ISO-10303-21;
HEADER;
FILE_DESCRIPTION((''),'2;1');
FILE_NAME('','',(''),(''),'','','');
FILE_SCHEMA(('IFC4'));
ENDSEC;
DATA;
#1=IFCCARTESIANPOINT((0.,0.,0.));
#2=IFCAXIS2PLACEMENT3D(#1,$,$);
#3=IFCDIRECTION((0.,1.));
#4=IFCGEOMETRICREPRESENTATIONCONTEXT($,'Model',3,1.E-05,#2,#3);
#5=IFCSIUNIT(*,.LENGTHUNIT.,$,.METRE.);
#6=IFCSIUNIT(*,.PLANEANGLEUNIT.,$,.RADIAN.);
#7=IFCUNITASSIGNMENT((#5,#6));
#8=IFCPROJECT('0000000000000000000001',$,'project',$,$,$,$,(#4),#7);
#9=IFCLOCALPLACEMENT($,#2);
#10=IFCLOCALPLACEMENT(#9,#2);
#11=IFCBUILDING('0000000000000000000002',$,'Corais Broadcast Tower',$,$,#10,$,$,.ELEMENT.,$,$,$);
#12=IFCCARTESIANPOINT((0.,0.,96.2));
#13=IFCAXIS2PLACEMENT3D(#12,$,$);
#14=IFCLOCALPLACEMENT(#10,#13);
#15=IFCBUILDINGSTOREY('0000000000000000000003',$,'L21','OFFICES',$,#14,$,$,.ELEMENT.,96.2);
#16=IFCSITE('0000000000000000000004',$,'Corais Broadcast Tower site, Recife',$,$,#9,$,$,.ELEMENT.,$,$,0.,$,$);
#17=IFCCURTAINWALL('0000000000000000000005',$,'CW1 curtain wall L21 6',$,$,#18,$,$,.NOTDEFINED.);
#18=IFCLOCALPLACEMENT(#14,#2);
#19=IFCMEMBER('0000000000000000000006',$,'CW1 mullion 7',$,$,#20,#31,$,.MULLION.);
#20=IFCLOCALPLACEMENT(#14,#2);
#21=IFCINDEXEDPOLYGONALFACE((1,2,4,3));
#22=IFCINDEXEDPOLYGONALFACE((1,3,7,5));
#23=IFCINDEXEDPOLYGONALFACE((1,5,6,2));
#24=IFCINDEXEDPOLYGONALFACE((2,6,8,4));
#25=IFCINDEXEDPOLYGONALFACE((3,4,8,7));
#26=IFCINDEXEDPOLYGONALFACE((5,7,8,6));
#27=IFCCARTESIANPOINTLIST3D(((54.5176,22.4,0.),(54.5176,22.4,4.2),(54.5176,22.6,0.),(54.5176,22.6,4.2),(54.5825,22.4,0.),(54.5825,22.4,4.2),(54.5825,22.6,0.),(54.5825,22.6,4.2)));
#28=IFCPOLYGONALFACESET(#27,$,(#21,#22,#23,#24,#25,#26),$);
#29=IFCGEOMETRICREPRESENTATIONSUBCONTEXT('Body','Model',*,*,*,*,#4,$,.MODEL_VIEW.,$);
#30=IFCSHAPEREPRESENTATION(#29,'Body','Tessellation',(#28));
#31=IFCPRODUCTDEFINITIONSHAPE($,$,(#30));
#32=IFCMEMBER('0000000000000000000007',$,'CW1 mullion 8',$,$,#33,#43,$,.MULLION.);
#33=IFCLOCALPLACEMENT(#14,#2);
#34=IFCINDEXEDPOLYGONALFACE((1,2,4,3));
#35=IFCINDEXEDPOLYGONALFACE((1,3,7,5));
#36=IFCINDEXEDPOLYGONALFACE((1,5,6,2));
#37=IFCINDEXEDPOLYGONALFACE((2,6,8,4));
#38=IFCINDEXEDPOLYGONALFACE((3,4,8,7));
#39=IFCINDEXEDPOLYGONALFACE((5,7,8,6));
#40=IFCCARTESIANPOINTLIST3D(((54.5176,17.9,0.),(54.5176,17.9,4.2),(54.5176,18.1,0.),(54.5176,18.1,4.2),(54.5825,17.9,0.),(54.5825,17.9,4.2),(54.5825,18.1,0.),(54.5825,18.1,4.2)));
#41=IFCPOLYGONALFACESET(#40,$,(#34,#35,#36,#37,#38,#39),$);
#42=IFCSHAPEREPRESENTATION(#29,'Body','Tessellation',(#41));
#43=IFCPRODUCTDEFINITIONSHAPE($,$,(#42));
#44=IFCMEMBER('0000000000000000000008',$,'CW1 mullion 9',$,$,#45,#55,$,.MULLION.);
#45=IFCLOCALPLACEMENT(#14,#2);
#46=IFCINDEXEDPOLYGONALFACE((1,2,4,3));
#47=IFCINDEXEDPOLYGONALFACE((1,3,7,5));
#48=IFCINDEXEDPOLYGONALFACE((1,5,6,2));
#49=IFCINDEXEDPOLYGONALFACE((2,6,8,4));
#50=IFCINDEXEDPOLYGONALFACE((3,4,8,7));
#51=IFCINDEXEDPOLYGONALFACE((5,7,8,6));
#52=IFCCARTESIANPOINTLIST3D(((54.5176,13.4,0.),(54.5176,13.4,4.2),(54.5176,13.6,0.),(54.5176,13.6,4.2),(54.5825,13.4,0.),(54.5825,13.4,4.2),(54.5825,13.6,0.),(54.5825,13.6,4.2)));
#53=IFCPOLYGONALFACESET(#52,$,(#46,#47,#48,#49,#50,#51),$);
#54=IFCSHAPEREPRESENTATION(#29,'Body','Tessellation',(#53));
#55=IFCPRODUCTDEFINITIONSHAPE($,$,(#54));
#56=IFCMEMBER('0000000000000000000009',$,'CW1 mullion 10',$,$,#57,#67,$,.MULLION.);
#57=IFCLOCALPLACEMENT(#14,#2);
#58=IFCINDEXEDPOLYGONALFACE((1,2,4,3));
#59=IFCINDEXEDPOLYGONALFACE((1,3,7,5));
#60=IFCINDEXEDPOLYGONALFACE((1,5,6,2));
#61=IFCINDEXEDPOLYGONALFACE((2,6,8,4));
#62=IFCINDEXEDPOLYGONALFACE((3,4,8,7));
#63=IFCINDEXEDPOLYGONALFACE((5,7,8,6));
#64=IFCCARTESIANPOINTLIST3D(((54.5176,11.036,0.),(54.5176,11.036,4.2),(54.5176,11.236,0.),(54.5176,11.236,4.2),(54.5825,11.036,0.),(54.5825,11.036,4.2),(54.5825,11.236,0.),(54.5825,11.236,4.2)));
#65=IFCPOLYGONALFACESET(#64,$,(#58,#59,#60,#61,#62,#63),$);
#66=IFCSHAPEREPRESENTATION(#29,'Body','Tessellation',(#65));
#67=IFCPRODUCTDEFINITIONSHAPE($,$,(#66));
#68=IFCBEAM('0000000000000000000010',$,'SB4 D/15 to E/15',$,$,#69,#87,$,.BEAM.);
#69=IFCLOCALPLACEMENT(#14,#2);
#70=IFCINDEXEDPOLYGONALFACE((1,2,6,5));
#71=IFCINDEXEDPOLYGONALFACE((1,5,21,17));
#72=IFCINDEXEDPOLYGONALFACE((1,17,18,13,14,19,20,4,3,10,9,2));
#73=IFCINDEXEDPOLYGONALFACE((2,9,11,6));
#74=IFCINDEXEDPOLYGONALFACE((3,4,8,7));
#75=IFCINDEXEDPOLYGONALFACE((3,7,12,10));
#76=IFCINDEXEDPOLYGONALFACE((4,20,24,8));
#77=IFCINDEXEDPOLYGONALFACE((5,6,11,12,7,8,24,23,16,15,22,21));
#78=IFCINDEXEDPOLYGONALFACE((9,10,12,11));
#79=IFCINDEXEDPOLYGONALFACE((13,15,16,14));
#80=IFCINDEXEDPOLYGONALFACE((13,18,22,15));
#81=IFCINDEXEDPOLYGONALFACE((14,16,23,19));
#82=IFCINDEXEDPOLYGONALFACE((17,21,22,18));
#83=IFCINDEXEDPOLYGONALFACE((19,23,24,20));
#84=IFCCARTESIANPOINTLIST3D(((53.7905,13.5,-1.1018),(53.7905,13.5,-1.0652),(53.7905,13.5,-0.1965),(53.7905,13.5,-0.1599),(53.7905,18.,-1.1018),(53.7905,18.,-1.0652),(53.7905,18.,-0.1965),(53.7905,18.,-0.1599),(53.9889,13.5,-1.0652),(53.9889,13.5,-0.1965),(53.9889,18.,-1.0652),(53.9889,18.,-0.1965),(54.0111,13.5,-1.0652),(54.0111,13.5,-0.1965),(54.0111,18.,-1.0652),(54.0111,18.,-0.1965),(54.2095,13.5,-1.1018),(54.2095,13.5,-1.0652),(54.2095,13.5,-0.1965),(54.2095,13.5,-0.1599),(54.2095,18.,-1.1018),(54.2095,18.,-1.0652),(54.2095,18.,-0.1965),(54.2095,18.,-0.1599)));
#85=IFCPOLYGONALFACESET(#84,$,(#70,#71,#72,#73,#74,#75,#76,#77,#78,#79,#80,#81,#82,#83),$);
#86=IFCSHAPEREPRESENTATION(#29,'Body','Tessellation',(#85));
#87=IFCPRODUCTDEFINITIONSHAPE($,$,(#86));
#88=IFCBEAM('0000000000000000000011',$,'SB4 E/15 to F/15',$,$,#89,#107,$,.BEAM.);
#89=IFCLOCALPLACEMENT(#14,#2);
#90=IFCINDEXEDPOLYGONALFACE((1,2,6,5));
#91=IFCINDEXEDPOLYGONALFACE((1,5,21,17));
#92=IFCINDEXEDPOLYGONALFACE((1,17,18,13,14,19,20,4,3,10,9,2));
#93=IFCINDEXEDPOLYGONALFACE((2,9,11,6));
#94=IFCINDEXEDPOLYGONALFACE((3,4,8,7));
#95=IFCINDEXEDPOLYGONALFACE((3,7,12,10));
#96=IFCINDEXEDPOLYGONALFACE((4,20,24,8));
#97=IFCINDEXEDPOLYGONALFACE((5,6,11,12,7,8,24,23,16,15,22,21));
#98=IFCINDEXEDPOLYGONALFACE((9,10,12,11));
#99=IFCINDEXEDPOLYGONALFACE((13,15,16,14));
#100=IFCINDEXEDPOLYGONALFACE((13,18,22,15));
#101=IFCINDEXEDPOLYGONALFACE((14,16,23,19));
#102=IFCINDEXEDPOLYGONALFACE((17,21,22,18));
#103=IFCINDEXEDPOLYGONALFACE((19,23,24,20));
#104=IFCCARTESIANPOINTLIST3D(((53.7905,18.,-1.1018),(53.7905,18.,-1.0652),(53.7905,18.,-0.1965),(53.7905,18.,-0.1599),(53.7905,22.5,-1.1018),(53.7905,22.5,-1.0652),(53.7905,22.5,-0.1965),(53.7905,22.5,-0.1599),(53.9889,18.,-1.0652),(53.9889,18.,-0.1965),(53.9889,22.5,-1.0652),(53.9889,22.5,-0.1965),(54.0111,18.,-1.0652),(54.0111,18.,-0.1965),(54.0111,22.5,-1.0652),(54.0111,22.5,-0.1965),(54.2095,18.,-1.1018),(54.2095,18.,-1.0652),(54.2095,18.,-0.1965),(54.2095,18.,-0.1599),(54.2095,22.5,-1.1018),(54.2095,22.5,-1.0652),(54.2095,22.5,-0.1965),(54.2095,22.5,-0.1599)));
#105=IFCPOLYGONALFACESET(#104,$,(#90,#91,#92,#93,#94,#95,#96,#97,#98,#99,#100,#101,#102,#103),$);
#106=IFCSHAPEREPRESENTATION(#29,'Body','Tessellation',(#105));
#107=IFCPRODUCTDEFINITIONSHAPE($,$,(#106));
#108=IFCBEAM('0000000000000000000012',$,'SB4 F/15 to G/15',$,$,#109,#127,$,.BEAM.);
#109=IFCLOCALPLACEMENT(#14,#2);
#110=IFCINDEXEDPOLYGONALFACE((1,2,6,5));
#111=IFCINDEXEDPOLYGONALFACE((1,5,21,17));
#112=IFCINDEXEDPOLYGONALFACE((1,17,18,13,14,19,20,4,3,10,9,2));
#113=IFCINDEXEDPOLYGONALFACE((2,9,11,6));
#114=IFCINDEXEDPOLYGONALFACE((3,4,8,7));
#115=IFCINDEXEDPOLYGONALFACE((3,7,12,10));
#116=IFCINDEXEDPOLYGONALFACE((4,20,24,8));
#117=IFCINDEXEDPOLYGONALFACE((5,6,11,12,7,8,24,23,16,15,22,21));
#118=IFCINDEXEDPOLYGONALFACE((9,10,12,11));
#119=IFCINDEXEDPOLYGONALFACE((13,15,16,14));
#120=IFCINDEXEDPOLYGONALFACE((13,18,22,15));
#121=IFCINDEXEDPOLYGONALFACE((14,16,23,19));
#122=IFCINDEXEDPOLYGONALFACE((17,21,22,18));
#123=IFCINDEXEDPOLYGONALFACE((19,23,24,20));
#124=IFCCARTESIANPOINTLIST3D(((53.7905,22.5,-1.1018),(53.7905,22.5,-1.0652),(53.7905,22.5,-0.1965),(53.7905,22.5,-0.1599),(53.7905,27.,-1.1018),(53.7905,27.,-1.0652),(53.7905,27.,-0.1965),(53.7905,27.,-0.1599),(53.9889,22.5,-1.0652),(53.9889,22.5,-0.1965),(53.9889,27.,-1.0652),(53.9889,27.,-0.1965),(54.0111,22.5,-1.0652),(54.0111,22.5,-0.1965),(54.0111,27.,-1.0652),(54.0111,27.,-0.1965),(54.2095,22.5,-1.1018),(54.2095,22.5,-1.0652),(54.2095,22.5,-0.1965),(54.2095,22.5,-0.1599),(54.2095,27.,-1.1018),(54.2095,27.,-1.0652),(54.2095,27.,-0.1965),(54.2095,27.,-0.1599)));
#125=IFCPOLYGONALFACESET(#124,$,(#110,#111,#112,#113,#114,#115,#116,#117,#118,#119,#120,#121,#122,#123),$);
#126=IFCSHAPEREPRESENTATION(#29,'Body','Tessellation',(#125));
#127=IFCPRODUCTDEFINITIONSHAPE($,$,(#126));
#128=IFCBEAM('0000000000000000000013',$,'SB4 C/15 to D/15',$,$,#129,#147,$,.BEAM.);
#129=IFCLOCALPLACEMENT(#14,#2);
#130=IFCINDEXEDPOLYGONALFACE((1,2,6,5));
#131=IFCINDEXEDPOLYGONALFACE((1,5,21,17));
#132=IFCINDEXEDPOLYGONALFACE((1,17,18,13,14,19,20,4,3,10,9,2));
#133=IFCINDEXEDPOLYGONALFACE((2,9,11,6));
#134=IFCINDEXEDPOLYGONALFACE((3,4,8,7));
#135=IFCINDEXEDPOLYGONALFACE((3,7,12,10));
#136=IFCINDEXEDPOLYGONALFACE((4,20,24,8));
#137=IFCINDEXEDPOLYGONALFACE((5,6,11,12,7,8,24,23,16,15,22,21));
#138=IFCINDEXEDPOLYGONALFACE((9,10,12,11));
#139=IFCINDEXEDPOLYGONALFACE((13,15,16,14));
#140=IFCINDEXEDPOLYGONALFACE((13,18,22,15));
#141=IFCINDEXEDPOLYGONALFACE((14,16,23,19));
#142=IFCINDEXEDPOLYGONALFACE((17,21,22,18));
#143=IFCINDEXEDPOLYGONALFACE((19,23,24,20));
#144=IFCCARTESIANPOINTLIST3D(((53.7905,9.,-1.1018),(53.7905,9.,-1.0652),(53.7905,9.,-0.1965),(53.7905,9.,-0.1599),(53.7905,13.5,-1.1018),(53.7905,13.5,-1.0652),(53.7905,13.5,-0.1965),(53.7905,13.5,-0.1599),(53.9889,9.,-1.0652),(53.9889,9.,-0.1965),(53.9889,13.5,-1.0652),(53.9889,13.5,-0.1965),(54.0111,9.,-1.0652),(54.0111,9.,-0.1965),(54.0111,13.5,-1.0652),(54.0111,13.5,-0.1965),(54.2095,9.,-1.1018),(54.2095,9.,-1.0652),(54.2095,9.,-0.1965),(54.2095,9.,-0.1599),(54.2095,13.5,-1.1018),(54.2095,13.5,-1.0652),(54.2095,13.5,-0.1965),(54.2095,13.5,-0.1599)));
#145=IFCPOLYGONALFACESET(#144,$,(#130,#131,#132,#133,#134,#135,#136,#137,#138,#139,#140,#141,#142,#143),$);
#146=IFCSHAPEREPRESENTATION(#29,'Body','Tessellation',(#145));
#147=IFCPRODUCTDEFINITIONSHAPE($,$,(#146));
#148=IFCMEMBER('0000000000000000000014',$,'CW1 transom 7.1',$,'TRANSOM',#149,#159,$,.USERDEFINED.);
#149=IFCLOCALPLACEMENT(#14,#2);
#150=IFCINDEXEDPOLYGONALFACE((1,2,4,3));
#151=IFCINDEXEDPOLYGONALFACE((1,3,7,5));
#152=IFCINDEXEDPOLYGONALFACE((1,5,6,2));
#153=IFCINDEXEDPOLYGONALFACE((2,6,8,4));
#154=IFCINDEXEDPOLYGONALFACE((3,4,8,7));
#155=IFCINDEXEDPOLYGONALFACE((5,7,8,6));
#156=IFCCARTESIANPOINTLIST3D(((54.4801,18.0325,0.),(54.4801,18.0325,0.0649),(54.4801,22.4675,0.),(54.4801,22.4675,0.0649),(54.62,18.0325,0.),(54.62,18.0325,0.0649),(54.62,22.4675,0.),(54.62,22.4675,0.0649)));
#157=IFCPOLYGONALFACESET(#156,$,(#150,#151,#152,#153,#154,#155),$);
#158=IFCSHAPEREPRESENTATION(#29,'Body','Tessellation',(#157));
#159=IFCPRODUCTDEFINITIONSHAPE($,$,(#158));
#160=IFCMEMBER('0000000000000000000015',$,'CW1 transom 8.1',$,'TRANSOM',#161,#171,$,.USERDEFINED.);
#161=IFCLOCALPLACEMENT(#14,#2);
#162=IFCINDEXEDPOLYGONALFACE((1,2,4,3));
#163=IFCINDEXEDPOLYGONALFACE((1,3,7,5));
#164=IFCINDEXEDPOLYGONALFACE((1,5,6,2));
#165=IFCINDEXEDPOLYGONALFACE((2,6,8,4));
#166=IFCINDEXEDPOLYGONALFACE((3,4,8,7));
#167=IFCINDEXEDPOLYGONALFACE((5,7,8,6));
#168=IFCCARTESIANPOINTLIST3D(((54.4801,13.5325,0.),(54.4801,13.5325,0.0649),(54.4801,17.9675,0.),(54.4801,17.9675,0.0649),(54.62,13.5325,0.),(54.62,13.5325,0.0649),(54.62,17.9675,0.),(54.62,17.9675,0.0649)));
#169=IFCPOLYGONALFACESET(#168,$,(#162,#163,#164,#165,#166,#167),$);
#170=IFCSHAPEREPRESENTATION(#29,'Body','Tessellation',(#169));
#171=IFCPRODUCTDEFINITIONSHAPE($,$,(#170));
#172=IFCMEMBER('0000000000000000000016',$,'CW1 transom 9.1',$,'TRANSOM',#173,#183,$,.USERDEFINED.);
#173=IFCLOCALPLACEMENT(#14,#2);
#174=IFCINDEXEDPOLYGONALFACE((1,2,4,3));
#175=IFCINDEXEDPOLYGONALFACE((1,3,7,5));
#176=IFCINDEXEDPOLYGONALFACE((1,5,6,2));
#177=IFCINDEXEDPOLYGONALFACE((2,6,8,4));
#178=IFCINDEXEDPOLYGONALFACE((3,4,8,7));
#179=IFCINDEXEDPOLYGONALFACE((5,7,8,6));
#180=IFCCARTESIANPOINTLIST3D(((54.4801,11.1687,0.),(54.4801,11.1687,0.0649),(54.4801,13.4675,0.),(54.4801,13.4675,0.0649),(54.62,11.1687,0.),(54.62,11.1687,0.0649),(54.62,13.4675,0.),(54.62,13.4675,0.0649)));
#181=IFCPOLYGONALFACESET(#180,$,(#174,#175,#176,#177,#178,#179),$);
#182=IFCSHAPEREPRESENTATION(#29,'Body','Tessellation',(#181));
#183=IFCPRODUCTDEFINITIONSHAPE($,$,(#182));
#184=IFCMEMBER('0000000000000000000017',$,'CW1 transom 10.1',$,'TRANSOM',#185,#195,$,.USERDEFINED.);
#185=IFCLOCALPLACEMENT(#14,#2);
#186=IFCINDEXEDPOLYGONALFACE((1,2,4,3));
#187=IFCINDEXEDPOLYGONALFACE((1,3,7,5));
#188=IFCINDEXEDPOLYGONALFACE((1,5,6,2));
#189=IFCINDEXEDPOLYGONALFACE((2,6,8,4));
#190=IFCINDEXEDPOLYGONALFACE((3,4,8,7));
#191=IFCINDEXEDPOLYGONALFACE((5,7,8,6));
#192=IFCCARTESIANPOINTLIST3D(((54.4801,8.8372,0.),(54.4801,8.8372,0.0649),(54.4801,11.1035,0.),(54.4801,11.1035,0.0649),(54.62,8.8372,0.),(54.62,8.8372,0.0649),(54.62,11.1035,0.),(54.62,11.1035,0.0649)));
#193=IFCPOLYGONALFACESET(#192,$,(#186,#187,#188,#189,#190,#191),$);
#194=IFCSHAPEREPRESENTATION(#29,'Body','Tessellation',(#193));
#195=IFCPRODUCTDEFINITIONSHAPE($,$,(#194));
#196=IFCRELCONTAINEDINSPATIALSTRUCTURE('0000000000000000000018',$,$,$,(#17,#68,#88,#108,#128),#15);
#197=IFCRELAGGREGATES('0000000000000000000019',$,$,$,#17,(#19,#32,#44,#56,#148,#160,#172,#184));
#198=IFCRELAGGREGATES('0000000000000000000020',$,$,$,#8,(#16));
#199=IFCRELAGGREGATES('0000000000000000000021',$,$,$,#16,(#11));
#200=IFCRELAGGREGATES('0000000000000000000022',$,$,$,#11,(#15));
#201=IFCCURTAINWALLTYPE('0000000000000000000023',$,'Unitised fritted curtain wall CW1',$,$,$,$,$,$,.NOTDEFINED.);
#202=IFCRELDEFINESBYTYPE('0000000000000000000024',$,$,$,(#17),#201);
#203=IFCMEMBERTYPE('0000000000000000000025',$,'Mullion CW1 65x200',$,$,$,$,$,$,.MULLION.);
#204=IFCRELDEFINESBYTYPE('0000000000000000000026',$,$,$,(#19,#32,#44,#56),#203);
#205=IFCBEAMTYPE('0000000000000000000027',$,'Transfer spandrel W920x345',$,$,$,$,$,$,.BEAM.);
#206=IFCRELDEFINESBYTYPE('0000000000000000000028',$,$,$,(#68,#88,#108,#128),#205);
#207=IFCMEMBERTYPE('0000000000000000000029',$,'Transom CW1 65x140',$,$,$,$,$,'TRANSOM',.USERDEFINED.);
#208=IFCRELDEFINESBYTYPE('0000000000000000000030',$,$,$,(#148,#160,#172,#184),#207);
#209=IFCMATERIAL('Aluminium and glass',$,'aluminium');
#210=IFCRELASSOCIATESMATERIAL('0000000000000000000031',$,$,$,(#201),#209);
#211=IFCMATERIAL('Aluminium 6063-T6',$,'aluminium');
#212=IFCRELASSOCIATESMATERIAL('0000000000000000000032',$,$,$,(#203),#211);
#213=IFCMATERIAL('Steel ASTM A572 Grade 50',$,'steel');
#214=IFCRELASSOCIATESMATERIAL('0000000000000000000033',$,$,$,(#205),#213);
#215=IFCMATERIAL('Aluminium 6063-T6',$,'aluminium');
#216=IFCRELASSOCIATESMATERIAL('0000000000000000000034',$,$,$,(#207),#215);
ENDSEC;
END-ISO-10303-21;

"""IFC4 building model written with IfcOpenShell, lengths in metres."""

from ifc_helpers import new_model, si_unit, direction, frame, origin, origin_2d, place, context, subcontext, project, spatial, rectangle, i_section, extrude, material, material_profile, profile_set, type_object, element, aggregate, save


model = new_model("IFC4")

# Units and contexts
model_context = context("Model", 3, precision=1e-05, world=origin(), true_north=direction((0.0, 1.0)))
body_context = subcontext(model_context, "Body", "Model", "MODEL_VIEW")
ifc_project = project(units=[si_unit("LENGTHUNIT", "METRE"), si_unit("PLANEANGLEUNIT", "RADIAN")], contexts=[model_context])

# Site, building, storey
site_placement = place(None, origin())
site = spatial("IfcSite", under=ifc_project, at=site_placement, Name="Corais Broadcast Tower site, Recife", CompositionType="ELEMENT", RefElevation=0.0)
building_placement = place(site_placement, origin())
building = spatial("IfcBuilding", under=site, at=building_placement, Name="Corais Broadcast Tower", CompositionType="ELEMENT")
storey_placement = place(building_placement, frame((0.0, 0.0, 96.2)))
storey = spatial("IfcBuildingStorey", under=building, at=storey_placement, Name="L21", Description="OFFICES", CompositionType="ELEMENT", Elevation=96.2)

# Curtain wall, members
ifc_material_1 = material(Name="Aluminium and glass", Category="aluminium")
curtain_wall_type = type_object("IfcCurtainWallType", Name="Unitised fritted curtain wall CW1", PredefinedType="NOTDEFINED", material=ifc_material_1)
curtain_wall_placement = place(storey_placement, origin())
curtain_wall = element("IfcCurtainWall", 1, at=curtain_wall_placement, inside=storey, type_object=curtain_wall_type, Name="CW1 curtain wall L21 6", PredefinedType="NOTDEFINED")
ifc_material_2 = material(Name="Aluminium 6063-T6", Category="aluminium")
ifc_material_profile_1 = material_profile(ifc_material_2, rectangle(XDim=0.0649, YDim=0.2, at=origin_2d()), Name="Mullion CW1 65x200")
ifc_profile_set_1 = profile_set([ifc_material_profile_1], Name="Aluminium 6063-T6")
member_type_1 = type_object("IfcMemberType", Name="Mullion CW1 65x200", PredefinedType="MULLION", material=ifc_profile_set_1)
member_1_placement = place(storey_placement, frame((54.55, 22.5, 0.0), z_axis=(0.0, 0.0, 1.0), x_axis=(1.0, 0.0, 0.0)))
member_1 = element("IfcMember", 2, at=member_1_placement, type_object=member_type_1, Name="CW1 mullion 7", PredefinedType="MULLION", context=body_context, shape_type="SweptSolid", body=[
    extrude(rectangle(XDim=0.0649, YDim=0.2, at=origin_2d()), origin(), (0.0, 0.0, 1.0), 4.2),
])
member_2_placement = place(storey_placement, frame((54.55, 18.0, 0.0), z_axis=(0.0, 0.0, 1.0), x_axis=(1.0, 0.0, 0.0)))
member_2 = element("IfcMember", 3, at=member_2_placement, type_object=member_type_1, Name="CW1 mullion 8", PredefinedType="MULLION", context=body_context, shape_type="SweptSolid", body=[
    extrude(rectangle(XDim=0.0649, YDim=0.2, at=origin_2d()), origin(), (0.0, 0.0, 1.0), 4.2),
])
member_3_placement = place(storey_placement, frame((54.55, 13.5, 0.0), z_axis=(0.0, 0.0, 1.0), x_axis=(1.0, 0.0, 0.0)))
member_3 = element("IfcMember", 4, at=member_3_placement, type_object=member_type_1, Name="CW1 mullion 9", PredefinedType="MULLION", context=body_context, shape_type="SweptSolid", body=[
    extrude(rectangle(XDim=0.0649, YDim=0.2, at=origin_2d()), origin(), (0.0, 0.0, 1.0), 4.2),
])
member_4_placement = place(storey_placement, frame((54.55, 11.136, 0.0), z_axis=(0.0, 0.0, 1.0), x_axis=(1.0, 0.0, 0.0)))
member_4 = element("IfcMember", 5, at=member_4_placement, type_object=member_type_1, Name="CW1 mullion 10", PredefinedType="MULLION", context=body_context, shape_type="SweptSolid", body=[
    extrude(rectangle(XDim=0.0649, YDim=0.2, at=origin_2d()), origin(), (0.0, 0.0, 1.0), 4.2),
])

# Beams
ifc_material_3 = material(Name="Steel ASTM A572 Grade 50", Category="steel")
ifc_material_profile_2 = material_profile(ifc_material_3, i_section(OverallWidth=0.4189, OverallDepth=0.9419, WebThickness=0.0222, FlangeThickness=0.0366, at=origin_2d()), Name="W920x345")
ifc_profile_set_2 = profile_set([ifc_material_profile_2], Name="Steel ASTM A572 Grade 50")
beam_type_1 = type_object("IfcBeamType", Name="Transfer spandrel W920x345", PredefinedType="BEAM", material=ifc_profile_set_2)
for number, where, z_axis, x_axis, name in (
    (6, (54.0, 13.5, -0.6309), (0.0, 1.0, 0.0), (-1.0, 0.0, 0.0), "SB4 D/15 to E/15"),
    (7, (54.0, 18.0, -0.6309), (0.0, 1.0, 0.0), (-1.0, 0.0, 0.0), "SB4 E/15 to F/15"),
    (8, (54.0, 22.5, -0.6309), (0.0, 1.0, 0.0), (-1.0, 0.0, 0.0), "SB4 F/15 to G/15"),
    (9, (54.0, 9.0, -0.6309), (0.0, 1.0, 0.0), (-1.0, 0.0, 0.0), "SB4 C/15 to D/15"),
):
    element("IfcBeam", number, at=place(storey_placement, frame(where, z_axis=z_axis, x_axis=x_axis)), inside=storey, type_object=beam_type_1, Name=name, PredefinedType="BEAM", context=body_context, shape_type="SweptSolid", body=[
        extrude(i_section(OverallWidth=0.4189, OverallDepth=0.9419, WebThickness=0.0222, FlangeThickness=0.0366, at=origin_2d()), origin(), (0.0, 0.0, 1.0), 4.5),
    ])

# Members
ifc_material_4 = material(Name="Aluminium 6063-T6", Category="aluminium")
ifc_material_profile_3 = material_profile(ifc_material_4, rectangle(XDim=0.1399, YDim=0.0649, at=origin_2d()), Name="Transom CW1 65x140")
ifc_profile_set_3 = profile_set([ifc_material_profile_3], Name="Aluminium 6063-T6")
member_type_2 = type_object("IfcMemberType", Name="Transom CW1 65x140", ElementType="TRANSOM", PredefinedType="USERDEFINED", material=ifc_profile_set_3)
member_5_placement = place(storey_placement, frame((54.55, 22.4675, 0.0325), z_axis=(0.0, -1.0, 0.0), x_axis=(1.0, 0.0, 0.0)))
member_5 = element("IfcMember", 10, at=member_5_placement, type_object=member_type_2, Name="CW1 transom 7.1", ObjectType="TRANSOM", PredefinedType="USERDEFINED", context=body_context, shape_type="SweptSolid", body=[
    extrude(rectangle(XDim=0.1399, YDim=0.0649, at=origin_2d()), origin(), (0.0, 0.0, 1.0), 4.4351),
])
member_6_placement = place(storey_placement, frame((54.55, 17.9675, 0.0325), z_axis=(0.0, -1.0, 0.0), x_axis=(1.0, 0.0, 0.0)))
member_6 = element("IfcMember", 11, at=member_6_placement, type_object=member_type_2, Name="CW1 transom 8.1", ObjectType="TRANSOM", PredefinedType="USERDEFINED", context=body_context, shape_type="SweptSolid", body=[
    extrude(rectangle(XDim=0.1399, YDim=0.0649, at=origin_2d()), origin(), (0.0, 0.0, 1.0), 4.4351),
])
member_7_placement = place(storey_placement, frame((54.55, 13.4675, 0.0325), z_axis=(0.0, -1.0, 0.0), x_axis=(1.0, 0.0, 0.0)))
member_7 = element("IfcMember", 12, at=member_7_placement, type_object=member_type_2, Name="CW1 transom 9.1", ObjectType="TRANSOM", PredefinedType="USERDEFINED", context=body_context, shape_type="SweptSolid", body=[
    extrude(rectangle(XDim=0.1399, YDim=0.0649, at=origin_2d()), origin(), (0.0, 0.0, 1.0), 2.2988),
])
member_8_placement = place(storey_placement, frame((54.55, 11.1035, 0.0325), z_axis=(0.0, -1.0, 0.0), x_axis=(1.0, 0.0, 0.0)))
member_8 = element("IfcMember", 13, at=member_8_placement, type_object=member_type_2, Name="CW1 transom 10.1", ObjectType="TRANSOM", PredefinedType="USERDEFINED", context=body_context, shape_type="SweptSolid", body=[
    extrude(rectangle(XDim=0.1399, YDim=0.0649, at=origin_2d()), origin(), (0.0, 0.0, 1.0), 2.2664),
])

aggregate(curtain_wall, [member_1, member_2, member_3, member_4, member_5, member_6, member_7, member_8])

save(model, "model.ifc")
